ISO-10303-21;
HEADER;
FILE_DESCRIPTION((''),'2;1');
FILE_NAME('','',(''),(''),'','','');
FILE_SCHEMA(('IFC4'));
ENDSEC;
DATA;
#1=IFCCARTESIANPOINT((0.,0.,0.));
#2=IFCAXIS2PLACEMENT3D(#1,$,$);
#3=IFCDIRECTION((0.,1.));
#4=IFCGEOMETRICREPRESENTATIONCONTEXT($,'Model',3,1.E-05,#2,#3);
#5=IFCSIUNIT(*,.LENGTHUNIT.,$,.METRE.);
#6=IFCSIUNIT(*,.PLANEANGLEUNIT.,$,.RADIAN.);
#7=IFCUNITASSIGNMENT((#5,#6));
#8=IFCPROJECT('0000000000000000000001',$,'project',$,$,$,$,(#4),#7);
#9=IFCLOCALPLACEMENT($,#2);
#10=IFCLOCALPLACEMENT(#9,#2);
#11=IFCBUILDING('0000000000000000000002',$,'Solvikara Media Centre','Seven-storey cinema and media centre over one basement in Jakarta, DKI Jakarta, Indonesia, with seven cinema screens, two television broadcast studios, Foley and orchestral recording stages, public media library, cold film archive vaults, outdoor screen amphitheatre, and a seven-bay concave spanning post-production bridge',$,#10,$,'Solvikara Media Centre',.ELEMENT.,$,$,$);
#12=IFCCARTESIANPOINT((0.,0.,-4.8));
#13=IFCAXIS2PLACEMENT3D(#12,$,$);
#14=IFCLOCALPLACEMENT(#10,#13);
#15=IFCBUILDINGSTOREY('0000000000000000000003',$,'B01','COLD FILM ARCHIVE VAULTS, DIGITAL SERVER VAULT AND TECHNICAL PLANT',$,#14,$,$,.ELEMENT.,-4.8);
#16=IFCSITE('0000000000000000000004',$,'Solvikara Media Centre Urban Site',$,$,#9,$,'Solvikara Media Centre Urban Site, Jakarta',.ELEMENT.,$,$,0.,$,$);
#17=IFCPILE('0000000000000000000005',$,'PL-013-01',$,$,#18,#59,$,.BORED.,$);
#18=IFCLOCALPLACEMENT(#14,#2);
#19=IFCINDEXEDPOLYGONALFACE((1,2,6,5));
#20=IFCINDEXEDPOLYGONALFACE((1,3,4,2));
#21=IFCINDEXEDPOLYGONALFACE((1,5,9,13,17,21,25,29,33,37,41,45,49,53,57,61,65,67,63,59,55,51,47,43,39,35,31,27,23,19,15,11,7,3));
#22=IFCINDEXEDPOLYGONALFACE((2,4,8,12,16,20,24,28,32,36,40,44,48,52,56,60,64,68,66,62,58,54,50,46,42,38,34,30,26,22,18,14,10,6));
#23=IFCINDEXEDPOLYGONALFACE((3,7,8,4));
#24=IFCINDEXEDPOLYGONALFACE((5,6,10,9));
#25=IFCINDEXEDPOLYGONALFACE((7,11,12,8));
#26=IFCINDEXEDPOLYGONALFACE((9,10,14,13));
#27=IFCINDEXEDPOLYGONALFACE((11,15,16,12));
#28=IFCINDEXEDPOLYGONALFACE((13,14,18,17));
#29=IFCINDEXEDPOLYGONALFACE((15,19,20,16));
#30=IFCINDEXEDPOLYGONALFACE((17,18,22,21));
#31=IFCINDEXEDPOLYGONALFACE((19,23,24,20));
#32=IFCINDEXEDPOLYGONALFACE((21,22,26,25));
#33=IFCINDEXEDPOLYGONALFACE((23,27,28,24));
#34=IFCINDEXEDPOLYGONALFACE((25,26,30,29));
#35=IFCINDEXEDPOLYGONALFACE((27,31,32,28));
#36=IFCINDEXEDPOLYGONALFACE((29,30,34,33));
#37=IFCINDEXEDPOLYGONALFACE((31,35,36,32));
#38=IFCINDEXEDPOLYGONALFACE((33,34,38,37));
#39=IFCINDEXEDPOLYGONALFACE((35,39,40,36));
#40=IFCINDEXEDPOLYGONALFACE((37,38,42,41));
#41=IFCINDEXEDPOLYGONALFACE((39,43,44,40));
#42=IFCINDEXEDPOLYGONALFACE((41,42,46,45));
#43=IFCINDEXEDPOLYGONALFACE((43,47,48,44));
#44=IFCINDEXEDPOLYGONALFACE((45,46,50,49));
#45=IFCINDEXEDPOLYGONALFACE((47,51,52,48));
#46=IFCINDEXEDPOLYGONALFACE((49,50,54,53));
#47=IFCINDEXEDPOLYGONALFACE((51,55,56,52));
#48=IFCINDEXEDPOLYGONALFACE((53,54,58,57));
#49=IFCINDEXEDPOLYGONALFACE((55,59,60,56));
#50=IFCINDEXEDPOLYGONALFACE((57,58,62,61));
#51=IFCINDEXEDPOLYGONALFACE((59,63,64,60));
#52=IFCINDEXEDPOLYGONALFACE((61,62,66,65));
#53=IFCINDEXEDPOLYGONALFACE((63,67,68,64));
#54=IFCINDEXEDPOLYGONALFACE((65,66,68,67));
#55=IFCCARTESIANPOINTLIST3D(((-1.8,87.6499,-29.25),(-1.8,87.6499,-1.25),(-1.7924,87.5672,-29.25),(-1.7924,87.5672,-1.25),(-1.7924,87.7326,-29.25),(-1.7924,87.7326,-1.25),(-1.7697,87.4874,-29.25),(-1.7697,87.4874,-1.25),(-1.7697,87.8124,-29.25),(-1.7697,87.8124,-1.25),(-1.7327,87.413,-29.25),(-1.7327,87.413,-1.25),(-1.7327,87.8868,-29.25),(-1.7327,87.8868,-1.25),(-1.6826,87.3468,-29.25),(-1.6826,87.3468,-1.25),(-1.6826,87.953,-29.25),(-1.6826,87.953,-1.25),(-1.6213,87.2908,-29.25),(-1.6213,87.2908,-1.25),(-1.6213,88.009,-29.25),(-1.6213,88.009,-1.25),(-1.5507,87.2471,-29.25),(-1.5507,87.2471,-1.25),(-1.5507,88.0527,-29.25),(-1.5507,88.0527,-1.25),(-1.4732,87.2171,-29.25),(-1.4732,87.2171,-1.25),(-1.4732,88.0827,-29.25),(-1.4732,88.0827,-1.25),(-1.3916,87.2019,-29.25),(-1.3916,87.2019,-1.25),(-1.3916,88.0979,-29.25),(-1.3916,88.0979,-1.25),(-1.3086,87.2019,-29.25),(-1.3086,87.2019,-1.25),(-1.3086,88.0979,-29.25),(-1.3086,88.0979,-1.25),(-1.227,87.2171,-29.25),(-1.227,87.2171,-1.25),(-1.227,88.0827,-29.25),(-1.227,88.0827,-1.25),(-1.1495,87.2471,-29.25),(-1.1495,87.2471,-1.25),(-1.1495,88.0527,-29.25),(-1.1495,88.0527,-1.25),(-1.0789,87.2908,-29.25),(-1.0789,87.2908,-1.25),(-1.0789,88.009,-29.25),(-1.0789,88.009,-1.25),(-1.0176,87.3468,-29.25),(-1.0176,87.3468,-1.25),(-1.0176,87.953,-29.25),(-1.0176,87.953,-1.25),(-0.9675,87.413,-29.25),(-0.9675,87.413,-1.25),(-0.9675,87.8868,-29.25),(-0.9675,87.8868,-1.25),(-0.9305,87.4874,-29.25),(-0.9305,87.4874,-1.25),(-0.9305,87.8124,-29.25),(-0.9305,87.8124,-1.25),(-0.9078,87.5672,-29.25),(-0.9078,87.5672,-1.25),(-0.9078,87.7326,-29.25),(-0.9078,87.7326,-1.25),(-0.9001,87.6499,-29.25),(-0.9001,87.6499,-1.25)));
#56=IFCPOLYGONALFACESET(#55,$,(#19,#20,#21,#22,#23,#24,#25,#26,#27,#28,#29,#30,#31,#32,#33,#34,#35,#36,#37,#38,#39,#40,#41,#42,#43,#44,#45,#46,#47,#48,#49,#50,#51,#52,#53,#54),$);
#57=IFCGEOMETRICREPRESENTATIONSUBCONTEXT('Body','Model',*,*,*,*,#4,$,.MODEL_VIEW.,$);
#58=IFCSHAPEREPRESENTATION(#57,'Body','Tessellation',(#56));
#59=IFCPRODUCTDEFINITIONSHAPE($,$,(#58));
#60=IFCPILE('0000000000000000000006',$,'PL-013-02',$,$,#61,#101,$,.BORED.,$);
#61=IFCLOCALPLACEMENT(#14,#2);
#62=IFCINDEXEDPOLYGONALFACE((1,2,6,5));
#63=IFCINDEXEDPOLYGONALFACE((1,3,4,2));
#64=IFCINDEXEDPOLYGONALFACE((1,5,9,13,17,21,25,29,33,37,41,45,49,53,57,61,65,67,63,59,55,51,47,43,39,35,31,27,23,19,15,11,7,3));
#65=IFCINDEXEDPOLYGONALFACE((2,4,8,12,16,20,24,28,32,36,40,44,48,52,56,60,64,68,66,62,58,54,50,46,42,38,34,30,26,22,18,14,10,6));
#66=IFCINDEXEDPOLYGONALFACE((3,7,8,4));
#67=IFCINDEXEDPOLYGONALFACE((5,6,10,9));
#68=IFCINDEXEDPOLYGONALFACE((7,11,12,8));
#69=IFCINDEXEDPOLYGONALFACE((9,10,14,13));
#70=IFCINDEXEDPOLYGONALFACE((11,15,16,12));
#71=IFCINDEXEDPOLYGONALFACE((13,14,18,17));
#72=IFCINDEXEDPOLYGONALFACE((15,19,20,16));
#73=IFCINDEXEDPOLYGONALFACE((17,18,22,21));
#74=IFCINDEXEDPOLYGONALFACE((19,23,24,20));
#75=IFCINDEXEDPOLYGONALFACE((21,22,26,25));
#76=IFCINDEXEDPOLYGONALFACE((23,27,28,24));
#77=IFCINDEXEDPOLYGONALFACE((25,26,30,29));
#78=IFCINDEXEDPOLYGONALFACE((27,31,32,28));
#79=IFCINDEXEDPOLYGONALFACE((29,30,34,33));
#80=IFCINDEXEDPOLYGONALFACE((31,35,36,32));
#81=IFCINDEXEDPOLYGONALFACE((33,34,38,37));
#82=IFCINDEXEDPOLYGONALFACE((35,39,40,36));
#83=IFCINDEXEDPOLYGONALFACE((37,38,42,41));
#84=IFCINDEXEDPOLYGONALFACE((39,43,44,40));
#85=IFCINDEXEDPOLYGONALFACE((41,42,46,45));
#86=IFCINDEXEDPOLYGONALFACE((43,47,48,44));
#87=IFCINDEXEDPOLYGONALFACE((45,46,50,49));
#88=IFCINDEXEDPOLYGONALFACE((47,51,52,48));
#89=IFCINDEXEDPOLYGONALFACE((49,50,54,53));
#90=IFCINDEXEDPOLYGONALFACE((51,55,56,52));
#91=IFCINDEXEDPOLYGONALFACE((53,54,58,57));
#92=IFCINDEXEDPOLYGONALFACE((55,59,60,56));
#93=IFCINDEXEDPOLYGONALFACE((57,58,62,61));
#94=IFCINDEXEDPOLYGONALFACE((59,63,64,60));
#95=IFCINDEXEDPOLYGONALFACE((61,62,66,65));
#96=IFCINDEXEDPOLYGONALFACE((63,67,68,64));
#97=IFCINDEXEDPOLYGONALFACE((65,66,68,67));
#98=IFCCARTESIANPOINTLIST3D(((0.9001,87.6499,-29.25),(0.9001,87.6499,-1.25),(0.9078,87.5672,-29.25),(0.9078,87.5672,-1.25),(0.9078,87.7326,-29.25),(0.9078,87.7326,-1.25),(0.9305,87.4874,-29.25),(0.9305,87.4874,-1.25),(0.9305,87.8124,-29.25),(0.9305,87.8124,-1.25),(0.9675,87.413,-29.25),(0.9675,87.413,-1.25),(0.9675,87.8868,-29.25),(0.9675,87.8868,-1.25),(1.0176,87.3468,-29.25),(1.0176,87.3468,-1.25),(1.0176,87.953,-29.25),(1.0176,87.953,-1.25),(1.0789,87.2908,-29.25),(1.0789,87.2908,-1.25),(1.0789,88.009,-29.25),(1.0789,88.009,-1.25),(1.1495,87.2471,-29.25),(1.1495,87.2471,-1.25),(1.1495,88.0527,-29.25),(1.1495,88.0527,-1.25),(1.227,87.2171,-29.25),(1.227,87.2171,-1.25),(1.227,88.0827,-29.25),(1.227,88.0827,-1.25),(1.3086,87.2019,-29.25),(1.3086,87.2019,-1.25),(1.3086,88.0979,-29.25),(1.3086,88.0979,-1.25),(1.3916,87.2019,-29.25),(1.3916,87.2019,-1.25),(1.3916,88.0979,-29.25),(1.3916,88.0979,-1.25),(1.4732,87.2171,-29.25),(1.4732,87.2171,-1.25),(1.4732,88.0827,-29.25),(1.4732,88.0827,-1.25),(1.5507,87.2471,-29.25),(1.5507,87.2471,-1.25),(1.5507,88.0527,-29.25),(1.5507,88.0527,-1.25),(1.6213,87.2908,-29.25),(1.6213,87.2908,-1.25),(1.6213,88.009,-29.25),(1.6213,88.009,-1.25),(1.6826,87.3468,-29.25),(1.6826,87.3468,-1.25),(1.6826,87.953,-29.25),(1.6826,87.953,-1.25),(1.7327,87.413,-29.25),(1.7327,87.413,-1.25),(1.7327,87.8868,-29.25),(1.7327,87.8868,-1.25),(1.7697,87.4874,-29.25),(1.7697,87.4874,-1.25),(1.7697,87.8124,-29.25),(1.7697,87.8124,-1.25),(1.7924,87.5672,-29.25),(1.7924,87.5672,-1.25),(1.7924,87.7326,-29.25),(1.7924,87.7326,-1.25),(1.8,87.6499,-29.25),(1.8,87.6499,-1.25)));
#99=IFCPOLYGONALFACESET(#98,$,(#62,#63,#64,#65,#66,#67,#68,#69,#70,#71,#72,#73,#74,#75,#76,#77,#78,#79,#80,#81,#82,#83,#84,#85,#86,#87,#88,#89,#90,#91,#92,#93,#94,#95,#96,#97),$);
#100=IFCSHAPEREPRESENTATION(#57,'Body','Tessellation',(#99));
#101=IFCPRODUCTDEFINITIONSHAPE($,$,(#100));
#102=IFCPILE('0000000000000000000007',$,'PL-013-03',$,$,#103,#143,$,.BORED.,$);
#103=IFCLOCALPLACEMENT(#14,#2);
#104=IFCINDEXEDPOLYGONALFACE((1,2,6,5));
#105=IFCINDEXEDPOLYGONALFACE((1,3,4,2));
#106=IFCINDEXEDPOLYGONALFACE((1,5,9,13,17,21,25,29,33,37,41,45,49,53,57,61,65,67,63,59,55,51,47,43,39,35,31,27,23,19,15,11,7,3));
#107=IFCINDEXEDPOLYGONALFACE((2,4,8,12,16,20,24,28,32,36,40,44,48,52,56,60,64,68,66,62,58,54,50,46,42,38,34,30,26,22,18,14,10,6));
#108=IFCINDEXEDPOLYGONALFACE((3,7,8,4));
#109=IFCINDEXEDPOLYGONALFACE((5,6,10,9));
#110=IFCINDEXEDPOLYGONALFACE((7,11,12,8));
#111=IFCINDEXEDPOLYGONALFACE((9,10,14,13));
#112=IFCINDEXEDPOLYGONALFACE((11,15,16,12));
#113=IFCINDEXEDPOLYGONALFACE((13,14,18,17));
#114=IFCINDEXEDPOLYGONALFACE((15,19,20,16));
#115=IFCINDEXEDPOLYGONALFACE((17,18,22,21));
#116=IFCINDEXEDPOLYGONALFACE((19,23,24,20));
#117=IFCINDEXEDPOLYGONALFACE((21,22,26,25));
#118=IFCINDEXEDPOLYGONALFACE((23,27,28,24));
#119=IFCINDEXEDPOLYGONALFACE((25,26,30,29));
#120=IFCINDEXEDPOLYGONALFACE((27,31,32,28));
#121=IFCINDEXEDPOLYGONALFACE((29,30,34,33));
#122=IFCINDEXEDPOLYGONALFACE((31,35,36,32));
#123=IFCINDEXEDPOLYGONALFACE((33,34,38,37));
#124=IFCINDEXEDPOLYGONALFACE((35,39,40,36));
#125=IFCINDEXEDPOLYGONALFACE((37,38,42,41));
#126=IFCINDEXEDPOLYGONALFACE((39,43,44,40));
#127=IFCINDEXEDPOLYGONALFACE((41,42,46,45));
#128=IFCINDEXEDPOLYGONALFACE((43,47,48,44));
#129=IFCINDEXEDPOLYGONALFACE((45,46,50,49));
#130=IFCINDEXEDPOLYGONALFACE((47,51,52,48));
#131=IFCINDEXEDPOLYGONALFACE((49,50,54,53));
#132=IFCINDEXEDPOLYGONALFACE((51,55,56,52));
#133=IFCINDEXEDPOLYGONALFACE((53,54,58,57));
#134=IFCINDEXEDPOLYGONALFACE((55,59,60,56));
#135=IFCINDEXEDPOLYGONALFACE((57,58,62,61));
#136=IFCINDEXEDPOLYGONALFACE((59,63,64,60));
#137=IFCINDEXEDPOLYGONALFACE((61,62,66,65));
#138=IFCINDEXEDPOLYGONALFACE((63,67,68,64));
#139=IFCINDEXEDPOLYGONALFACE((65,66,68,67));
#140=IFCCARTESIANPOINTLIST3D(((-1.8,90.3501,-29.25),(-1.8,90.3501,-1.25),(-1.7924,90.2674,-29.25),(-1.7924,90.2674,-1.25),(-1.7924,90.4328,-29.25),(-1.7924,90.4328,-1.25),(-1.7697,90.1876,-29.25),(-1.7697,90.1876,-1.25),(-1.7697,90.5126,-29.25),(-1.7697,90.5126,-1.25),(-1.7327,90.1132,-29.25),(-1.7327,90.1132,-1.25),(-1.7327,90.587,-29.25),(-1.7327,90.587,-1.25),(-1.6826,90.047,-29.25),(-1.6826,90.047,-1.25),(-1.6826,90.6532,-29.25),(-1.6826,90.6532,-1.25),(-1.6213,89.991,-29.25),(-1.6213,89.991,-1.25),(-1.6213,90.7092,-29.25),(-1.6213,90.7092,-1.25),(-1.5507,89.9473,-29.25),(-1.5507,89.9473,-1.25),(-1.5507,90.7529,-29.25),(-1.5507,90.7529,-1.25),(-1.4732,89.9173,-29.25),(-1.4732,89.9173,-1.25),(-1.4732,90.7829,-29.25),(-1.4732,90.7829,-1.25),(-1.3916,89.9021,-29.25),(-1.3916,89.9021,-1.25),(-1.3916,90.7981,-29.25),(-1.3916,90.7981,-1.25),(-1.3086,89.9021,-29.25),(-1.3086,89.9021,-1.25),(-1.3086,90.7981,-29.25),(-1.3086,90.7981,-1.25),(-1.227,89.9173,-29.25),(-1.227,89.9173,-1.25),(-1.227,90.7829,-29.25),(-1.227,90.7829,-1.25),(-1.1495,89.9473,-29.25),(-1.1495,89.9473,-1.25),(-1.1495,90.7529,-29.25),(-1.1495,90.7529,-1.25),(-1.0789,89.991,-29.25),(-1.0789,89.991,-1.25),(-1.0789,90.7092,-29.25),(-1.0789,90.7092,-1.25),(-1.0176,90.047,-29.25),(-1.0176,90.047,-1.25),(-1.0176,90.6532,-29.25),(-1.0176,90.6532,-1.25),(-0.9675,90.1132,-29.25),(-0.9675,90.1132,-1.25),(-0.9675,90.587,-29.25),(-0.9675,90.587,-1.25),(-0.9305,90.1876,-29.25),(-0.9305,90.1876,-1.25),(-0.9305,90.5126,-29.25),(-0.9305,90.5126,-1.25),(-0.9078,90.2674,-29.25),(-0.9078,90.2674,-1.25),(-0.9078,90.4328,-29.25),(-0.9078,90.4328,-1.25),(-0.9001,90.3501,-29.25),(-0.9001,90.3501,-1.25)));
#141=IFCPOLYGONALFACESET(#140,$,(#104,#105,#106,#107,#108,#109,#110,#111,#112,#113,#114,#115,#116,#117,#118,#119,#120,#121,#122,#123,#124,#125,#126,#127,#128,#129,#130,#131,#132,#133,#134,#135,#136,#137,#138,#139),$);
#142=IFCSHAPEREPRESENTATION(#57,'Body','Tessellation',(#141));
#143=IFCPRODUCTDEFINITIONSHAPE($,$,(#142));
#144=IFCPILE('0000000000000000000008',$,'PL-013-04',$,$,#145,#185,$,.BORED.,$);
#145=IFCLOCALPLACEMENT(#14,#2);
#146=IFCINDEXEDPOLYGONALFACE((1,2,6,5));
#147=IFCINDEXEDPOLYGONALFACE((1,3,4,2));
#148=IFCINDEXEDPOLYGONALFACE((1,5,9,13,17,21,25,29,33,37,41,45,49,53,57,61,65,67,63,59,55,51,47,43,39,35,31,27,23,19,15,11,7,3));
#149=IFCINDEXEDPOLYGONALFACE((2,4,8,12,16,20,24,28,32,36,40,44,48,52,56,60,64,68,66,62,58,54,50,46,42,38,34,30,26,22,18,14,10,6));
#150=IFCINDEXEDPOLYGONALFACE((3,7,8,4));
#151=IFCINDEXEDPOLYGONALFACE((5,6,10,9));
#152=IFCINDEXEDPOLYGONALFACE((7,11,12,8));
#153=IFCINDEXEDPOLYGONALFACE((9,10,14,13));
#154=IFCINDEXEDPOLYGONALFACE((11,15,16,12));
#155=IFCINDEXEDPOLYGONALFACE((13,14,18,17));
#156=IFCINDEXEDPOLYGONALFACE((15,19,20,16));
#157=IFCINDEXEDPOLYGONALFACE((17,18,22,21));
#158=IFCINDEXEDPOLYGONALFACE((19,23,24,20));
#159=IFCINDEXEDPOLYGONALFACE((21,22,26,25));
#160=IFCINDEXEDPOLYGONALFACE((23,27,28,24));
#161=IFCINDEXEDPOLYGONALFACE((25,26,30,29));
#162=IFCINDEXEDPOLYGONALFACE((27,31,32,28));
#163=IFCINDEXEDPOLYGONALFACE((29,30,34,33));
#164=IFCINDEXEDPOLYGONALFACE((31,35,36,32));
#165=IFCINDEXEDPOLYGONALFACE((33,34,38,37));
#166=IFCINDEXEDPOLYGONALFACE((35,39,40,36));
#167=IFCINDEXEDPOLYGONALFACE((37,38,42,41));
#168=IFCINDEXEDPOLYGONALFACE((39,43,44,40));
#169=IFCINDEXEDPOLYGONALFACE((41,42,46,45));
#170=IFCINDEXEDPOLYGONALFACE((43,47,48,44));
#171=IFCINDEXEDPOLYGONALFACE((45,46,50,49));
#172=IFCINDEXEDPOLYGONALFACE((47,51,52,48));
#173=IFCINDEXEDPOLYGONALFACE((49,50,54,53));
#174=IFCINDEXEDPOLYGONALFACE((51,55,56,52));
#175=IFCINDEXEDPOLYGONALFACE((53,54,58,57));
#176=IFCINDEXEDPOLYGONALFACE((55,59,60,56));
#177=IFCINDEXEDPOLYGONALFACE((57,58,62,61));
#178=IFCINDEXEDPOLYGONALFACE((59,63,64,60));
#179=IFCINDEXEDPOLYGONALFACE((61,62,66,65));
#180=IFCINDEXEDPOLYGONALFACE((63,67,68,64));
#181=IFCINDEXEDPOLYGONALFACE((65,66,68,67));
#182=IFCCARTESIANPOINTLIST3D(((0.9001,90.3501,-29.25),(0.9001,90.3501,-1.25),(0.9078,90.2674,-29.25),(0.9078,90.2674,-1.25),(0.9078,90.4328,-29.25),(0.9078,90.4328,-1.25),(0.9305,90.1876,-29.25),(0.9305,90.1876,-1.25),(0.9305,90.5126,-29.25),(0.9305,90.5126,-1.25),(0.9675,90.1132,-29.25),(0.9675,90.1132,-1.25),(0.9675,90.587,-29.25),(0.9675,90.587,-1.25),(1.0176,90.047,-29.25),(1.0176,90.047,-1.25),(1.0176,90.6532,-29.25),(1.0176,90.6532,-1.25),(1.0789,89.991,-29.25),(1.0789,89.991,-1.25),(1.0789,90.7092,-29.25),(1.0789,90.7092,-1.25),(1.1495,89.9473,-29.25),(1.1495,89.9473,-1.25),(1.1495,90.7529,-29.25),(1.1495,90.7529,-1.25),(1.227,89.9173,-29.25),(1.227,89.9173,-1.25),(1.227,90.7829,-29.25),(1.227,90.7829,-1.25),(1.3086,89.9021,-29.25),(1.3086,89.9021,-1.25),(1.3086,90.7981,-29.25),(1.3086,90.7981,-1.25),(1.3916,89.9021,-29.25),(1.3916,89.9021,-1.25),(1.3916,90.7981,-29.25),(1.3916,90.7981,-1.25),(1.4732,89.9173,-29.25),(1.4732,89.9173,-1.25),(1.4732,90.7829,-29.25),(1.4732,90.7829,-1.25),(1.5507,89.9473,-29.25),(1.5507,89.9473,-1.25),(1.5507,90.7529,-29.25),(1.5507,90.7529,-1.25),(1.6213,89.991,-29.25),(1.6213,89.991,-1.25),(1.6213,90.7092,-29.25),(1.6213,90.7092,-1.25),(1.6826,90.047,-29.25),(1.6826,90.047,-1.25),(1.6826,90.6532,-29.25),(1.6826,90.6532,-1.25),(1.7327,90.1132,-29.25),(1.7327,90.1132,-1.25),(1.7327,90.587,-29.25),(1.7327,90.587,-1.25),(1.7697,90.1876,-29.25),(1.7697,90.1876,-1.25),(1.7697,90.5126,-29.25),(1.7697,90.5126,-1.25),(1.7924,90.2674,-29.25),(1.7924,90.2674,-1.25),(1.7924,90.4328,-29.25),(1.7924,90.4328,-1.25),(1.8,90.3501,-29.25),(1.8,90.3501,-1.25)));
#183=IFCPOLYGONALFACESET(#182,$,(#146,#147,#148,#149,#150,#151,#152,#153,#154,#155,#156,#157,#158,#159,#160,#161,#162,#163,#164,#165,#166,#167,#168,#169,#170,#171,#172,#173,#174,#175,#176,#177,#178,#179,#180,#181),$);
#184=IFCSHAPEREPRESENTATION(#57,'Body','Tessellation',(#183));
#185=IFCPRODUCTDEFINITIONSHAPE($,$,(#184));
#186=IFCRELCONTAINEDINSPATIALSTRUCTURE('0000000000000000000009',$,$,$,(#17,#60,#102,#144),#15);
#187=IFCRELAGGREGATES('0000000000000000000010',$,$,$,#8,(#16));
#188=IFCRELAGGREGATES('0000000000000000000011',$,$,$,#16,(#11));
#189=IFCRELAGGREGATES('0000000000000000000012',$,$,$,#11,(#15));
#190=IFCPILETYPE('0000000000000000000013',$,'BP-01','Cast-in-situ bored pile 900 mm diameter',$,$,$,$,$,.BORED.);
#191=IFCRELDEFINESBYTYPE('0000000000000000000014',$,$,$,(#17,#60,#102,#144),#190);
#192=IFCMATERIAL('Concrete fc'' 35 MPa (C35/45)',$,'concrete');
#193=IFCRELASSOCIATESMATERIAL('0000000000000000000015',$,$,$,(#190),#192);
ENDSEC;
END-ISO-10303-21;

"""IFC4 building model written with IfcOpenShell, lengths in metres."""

from ifc_helpers import new_model, si_unit, direction, frame, origin, origin_2d, place, context, subcontext, project, spatial, circle, extrude, material, material_profile, profile_set, type_object, element, save


model = new_model("IFC4")

# Units and contexts
model_context = context("Model", 3, precision=1e-05, world=origin(), true_north=direction((0.0, 1.0)))
body_context = subcontext(model_context, "Body", "Model", "MODEL_VIEW")
ifc_project = project(units=[si_unit("LENGTHUNIT", "METRE"), si_unit("PLANEANGLEUNIT", "RADIAN")], contexts=[model_context])

# Site, building, storey
site_placement = place(None, origin())
site = spatial("IfcSite", under=ifc_project, at=site_placement, Name="Solvikara Media Centre Urban Site", LongName="Solvikara Media Centre Urban Site, Jakarta", CompositionType="ELEMENT", RefElevation=0.0)
building_placement = place(site_placement, origin())
building = spatial("IfcBuilding", under=site, at=building_placement, Name="Solvikara Media Centre", Description="Seven-storey cinema and media centre over one basement in Jakarta, DKI Jakarta, Indonesia, with seven cinema screens, two television broadcast studios, Foley and orchestral recording stages, public media library, cold film archive vaults, outdoor screen amphitheatre, and a seven-bay concave spanning post-production bridge", LongName="Solvikara Media Centre", CompositionType="ELEMENT")
storey_placement = place(building_placement, frame((0.0, 0.0, -4.8)))
storey = spatial("IfcBuildingStorey", under=building, at=storey_placement, Name="B01", Description="COLD FILM ARCHIVE VAULTS, DIGITAL SERVER VAULT AND TECHNICAL PLANT", CompositionType="ELEMENT", Elevation=-4.8)

# Piles
ifc_material_1 = material(Name="Concrete fc' 35 MPa (C35/45)", Category="concrete")
ifc_material_profile_1 = material_profile(ifc_material_1, circle(Radius=0.45, at=origin_2d()), Name="BORED PILE D900")
ifc_profile_set_1 = profile_set([ifc_material_profile_1], Name="Concrete fc' 35 MPa (C35/45)")
pile_type_1 = type_object("IfcPileType", Name="BP-01", Description="Cast-in-situ bored pile 900 mm diameter", PredefinedType="BORED", material=ifc_profile_set_1)
for number, where, z_axis, x_axis, name in (
    (1, (-1.3501, 87.6499, -1.25), (0.0, 0.0, -1.0), (1.0, 0.0, 0.0), "PL-013-01"),
    (2, (1.3501, 87.6499, -1.25), (0.0, 0.0, -1.0), (1.0, 0.0, 0.0), "PL-013-02"),
    (3, (-1.3501, 90.3501, -1.25), (0.0, 0.0, -1.0), (1.0, 0.0, 0.0), "PL-013-03"),
    (4, (1.3501, 90.3501, -1.25), (0.0, 0.0, -1.0), (1.0, 0.0, 0.0), "PL-013-04"),
):
    element("IfcPile", number, at=place(storey_placement, frame(where, z_axis=z_axis, x_axis=x_axis)), inside=storey, type_object=pile_type_1, Name=name, PredefinedType="BORED", context=body_context, shape_type="SweptSolid", body=[
        extrude(circle(Radius=0.45, at=origin_2d()), origin(), (0.0, 0.0, 1.0), 28.0),
    ])

save(model, "model.ifc")
